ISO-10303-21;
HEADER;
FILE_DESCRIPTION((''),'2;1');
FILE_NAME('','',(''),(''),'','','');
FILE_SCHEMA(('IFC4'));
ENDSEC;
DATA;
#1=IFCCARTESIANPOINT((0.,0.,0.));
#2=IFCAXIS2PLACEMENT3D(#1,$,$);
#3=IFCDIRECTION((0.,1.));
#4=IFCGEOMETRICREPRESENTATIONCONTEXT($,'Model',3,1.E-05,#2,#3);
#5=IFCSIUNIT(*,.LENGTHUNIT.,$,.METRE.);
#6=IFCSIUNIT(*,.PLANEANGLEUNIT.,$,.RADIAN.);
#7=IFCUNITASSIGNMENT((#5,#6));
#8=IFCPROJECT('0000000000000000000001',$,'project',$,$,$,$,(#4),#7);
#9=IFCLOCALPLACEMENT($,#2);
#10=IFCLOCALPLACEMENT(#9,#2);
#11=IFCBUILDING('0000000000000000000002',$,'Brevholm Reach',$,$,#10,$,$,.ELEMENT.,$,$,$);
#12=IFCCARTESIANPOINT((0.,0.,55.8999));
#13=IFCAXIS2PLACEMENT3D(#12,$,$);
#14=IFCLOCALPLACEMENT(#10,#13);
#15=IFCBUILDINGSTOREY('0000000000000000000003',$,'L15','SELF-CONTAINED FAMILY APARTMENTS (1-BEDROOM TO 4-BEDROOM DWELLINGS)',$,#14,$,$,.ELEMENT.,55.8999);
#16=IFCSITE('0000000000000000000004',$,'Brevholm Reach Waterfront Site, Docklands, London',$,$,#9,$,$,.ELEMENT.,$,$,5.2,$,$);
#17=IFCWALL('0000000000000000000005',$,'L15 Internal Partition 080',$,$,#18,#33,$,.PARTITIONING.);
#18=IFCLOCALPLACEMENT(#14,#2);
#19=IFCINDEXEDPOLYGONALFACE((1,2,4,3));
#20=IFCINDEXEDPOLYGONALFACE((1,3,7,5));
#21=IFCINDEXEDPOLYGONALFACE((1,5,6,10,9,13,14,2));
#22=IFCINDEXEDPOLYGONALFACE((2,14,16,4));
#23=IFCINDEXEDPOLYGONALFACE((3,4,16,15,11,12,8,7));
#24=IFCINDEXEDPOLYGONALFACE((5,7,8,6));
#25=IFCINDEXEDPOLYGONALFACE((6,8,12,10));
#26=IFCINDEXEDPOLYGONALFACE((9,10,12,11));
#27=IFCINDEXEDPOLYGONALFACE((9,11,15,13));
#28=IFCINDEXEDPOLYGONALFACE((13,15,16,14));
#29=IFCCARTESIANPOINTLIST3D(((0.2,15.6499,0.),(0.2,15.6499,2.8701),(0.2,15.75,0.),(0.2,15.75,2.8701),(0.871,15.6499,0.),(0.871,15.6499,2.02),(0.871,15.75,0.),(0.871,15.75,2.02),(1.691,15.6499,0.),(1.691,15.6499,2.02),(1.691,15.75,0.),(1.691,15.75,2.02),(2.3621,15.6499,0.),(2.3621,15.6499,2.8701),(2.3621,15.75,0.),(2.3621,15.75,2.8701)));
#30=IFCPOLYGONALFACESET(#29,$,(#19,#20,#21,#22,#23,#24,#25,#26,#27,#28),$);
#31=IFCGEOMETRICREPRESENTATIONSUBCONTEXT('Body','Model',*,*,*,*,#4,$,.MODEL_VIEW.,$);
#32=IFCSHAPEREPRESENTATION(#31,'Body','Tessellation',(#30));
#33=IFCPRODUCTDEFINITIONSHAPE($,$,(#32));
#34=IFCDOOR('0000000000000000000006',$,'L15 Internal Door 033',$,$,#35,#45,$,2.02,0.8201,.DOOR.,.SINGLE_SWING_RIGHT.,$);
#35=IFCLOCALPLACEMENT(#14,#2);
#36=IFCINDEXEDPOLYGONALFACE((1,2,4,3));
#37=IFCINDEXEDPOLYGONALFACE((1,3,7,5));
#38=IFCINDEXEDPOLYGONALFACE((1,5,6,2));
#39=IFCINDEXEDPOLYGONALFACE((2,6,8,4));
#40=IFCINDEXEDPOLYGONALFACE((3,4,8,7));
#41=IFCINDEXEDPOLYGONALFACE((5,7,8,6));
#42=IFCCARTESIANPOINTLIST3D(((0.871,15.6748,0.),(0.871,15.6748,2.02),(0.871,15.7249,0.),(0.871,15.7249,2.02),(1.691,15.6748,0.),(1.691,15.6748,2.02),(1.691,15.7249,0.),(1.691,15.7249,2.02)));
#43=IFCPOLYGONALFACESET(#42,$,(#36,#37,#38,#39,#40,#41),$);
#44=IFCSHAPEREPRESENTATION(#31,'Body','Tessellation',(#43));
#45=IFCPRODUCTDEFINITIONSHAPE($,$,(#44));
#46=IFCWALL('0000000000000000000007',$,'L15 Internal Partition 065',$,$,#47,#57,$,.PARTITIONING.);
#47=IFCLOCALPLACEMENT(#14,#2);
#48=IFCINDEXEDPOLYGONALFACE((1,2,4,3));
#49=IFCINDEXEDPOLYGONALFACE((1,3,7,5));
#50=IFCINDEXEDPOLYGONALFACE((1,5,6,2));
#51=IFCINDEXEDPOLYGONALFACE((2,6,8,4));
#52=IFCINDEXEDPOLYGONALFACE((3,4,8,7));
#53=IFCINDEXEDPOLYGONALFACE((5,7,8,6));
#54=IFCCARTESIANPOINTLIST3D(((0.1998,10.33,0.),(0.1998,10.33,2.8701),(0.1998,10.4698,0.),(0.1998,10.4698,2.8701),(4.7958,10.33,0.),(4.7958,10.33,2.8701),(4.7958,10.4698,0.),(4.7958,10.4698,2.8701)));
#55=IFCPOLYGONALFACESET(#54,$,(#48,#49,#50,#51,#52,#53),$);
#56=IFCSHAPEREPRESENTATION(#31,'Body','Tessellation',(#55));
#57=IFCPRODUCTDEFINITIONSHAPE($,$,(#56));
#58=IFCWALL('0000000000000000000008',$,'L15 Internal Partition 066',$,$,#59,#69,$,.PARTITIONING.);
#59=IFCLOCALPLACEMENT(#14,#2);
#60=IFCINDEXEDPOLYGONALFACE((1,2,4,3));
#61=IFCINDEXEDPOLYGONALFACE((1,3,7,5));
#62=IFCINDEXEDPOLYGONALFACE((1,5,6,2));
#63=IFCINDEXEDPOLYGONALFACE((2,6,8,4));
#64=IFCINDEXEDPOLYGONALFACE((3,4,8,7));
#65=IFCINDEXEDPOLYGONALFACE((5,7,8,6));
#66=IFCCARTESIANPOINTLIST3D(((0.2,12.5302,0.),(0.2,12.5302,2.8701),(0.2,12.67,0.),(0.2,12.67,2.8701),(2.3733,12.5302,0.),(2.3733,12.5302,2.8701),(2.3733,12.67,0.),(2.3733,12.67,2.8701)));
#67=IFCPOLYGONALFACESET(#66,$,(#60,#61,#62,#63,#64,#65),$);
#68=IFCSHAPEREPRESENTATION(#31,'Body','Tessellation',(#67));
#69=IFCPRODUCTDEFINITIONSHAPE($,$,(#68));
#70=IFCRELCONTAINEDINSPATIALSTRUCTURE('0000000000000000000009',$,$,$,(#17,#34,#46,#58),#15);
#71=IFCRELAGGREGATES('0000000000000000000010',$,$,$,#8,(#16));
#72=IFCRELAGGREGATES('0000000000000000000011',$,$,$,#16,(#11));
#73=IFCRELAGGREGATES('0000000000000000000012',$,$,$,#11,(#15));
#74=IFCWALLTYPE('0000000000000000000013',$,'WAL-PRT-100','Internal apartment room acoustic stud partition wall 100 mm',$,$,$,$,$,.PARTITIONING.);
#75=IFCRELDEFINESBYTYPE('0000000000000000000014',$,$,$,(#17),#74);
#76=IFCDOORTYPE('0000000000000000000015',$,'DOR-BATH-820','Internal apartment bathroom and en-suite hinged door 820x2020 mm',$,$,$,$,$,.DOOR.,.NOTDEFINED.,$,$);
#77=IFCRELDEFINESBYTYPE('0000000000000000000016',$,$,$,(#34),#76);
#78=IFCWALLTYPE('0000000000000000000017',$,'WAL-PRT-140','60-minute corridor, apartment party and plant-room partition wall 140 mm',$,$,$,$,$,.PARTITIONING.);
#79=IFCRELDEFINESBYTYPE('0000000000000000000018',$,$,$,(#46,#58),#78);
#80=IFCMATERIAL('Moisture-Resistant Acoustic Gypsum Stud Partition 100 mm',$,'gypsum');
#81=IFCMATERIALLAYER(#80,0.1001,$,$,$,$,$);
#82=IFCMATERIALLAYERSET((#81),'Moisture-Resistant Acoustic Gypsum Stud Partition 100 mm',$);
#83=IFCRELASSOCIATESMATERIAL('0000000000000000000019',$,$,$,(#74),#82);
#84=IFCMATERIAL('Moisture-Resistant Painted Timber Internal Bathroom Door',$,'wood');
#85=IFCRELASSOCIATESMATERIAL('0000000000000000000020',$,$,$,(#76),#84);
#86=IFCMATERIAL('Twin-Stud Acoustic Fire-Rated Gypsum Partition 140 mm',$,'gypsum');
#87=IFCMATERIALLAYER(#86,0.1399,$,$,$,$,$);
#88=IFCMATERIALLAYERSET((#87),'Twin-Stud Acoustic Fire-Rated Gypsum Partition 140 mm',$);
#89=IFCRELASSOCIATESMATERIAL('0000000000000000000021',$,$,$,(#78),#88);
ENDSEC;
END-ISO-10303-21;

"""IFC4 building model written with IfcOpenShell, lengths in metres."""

from ifc_helpers import new_model, si_unit, direction, frame, frame_2d, origin, place, context, subcontext, project, spatial, rectangle, extrude, material, layer, layer_set, type_object, element, fill, save


model = new_model("IFC4")

# Units and contexts
model_context = context("Model", 3, precision=1e-05, world=origin(), true_north=direction((0.0, 1.0)))
body_context = subcontext(model_context, "Body", "Model", "MODEL_VIEW")
ifc_project = project(units=[si_unit("LENGTHUNIT", "METRE"), si_unit("PLANEANGLEUNIT", "RADIAN")], contexts=[model_context])

# Site, building, storey
site_placement = place(None, origin())
site = spatial("IfcSite", under=ifc_project, at=site_placement, Name="Brevholm Reach Waterfront Site, Docklands, London", CompositionType="ELEMENT", RefElevation=5.2)
building_placement = place(site_placement, origin())
building = spatial("IfcBuilding", under=site, at=building_placement, Name="Brevholm Reach", CompositionType="ELEMENT")
storey_placement = place(building_placement, frame((0.0, 0.0, 55.8999)))
storey = spatial("IfcBuildingStorey", under=building, at=storey_placement, Name="L15", Description="SELF-CONTAINED FAMILY APARTMENTS (1-BEDROOM TO 4-BEDROOM DWELLINGS)", CompositionType="ELEMENT", Elevation=55.8999)

# Wall, opening, door
ifc_material_1 = material(Name="Moisture-Resistant Acoustic Gypsum Stud Partition 100 mm", Category="gypsum")
ifc_layer_1 = layer(ifc_material_1, 0.1001)
ifc_layer_set_1 = layer_set([ifc_layer_1], Name="Moisture-Resistant Acoustic Gypsum Stud Partition 100 mm")
wall_type_1 = type_object("IfcWallType", Name="WAL-PRT-100", Description="Internal apartment room acoustic stud partition wall 100 mm", PredefinedType="PARTITIONING", material=ifc_layer_set_1)
wall_1_placement = place(storey_placement, frame((0.2, 15.7, 0.0), z_axis=(0.0, 0.0, 1.0), x_axis=(1.0, 0.0, 0.0)))
wall_1 = element("IfcWall", 1, at=wall_1_placement, inside=storey, type_object=wall_type_1, Name="L15 Internal Partition 080", PredefinedType="PARTITIONING", context=body_context, shape_type="SweptSolid", body=[
    extrude(rectangle(XDim=2.1621, YDim=0.1001, at=frame_2d((1.0811, 0.0))), origin(), (0.0, 0.0, 1.0), 2.8701),
])
opening_1_placement = place(wall_1_placement, frame((0.6709, 0.0, 0.0)))
opening_1 = element("IfcOpeningElement", 2, at=opening_1_placement, cuts=wall_1, PredefinedType="OPENING", context=body_context, shape_type="SweptSolid", body=[
    extrude(rectangle(XDim=0.8201, YDim=2.02, at=frame_2d((0.4102, 1.01))), frame((0.0, 0.0601, 0.0), z_axis=(0.0, -1.0, 0.0), x_axis=(1.0, 0.0, 0.0)), (0.0, 0.0, 1.0), 0.1201),
])
ifc_material_2 = material(Name="Moisture-Resistant Painted Timber Internal Bathroom Door", Category="wood")
door_type = type_object("IfcDoorType", Name="DOR-BATH-820", Description="Internal apartment bathroom and en-suite hinged door 820x2020 mm", OperationType="NOTDEFINED", PredefinedType="DOOR", material=ifc_material_2)
door_placement = place(opening_1_placement, origin())
door = element("IfcDoor", 3, at=door_placement, inside=storey, type_object=door_type, Name="L15 Internal Door 033", OperationType="SINGLE_SWING_RIGHT", OverallHeight=2.02, OverallWidth=0.8201, PredefinedType="DOOR", context=body_context, shape_type="SweptSolid", body=[
    extrude(rectangle(XDim=0.8201, YDim=2.02, at=frame_2d((0.4102, 1.01))), frame((0.0, 0.0249, 0.0), z_axis=(0.0, -1.0, 0.0), x_axis=(1.0, 0.0, 0.0)), (0.0, 0.0, 1.0), 0.05),
])
fill(opening_1, door)

# Walls
ifc_material_3 = material(Name="Twin-Stud Acoustic Fire-Rated Gypsum Partition 140 mm", Category="gypsum")
ifc_layer_2 = layer(ifc_material_3, 0.1399)
ifc_layer_set_2 = layer_set([ifc_layer_2], Name="Twin-Stud Acoustic Fire-Rated Gypsum Partition 140 mm")
wall_type_2 = type_object("IfcWallType", Name="WAL-PRT-140", Description="60-minute corridor, apartment party and plant-room partition wall 140 mm", PredefinedType="PARTITIONING", material=ifc_layer_set_2)
wall_2_placement = place(storey_placement, frame((0.2, 10.3999, 0.0), z_axis=(0.0, 0.0, 1.0), x_axis=(1.0, 0.0, 0.0)))
element("IfcWall", 4, at=wall_2_placement, inside=storey, type_object=wall_type_2, Name="L15 Internal Partition 065", PredefinedType="PARTITIONING", context=body_context, shape_type="SweptSolid", body=[
    extrude(rectangle(XDim=4.5959, YDim=0.1399, at=frame_2d((2.2979, 0.0))), origin(), (0.0, 0.0, 1.0), 2.8701),
])
wall_3_placement = place(storey_placement, frame((0.2, 12.6001, 0.0), z_axis=(0.0, 0.0, 1.0), x_axis=(1.0, 0.0, 0.0)))
element("IfcWall", 5, at=wall_3_placement, inside=storey, type_object=wall_type_2, Name="L15 Internal Partition 066", PredefinedType="PARTITIONING", context=body_context, shape_type="SweptSolid", body=[
    extrude(rectangle(XDim=2.1733, YDim=0.1399, at=frame_2d((1.0867, 0.0))), origin(), (0.0, 0.0, 1.0), 2.8701),
])

save(model, "model.ifc")
